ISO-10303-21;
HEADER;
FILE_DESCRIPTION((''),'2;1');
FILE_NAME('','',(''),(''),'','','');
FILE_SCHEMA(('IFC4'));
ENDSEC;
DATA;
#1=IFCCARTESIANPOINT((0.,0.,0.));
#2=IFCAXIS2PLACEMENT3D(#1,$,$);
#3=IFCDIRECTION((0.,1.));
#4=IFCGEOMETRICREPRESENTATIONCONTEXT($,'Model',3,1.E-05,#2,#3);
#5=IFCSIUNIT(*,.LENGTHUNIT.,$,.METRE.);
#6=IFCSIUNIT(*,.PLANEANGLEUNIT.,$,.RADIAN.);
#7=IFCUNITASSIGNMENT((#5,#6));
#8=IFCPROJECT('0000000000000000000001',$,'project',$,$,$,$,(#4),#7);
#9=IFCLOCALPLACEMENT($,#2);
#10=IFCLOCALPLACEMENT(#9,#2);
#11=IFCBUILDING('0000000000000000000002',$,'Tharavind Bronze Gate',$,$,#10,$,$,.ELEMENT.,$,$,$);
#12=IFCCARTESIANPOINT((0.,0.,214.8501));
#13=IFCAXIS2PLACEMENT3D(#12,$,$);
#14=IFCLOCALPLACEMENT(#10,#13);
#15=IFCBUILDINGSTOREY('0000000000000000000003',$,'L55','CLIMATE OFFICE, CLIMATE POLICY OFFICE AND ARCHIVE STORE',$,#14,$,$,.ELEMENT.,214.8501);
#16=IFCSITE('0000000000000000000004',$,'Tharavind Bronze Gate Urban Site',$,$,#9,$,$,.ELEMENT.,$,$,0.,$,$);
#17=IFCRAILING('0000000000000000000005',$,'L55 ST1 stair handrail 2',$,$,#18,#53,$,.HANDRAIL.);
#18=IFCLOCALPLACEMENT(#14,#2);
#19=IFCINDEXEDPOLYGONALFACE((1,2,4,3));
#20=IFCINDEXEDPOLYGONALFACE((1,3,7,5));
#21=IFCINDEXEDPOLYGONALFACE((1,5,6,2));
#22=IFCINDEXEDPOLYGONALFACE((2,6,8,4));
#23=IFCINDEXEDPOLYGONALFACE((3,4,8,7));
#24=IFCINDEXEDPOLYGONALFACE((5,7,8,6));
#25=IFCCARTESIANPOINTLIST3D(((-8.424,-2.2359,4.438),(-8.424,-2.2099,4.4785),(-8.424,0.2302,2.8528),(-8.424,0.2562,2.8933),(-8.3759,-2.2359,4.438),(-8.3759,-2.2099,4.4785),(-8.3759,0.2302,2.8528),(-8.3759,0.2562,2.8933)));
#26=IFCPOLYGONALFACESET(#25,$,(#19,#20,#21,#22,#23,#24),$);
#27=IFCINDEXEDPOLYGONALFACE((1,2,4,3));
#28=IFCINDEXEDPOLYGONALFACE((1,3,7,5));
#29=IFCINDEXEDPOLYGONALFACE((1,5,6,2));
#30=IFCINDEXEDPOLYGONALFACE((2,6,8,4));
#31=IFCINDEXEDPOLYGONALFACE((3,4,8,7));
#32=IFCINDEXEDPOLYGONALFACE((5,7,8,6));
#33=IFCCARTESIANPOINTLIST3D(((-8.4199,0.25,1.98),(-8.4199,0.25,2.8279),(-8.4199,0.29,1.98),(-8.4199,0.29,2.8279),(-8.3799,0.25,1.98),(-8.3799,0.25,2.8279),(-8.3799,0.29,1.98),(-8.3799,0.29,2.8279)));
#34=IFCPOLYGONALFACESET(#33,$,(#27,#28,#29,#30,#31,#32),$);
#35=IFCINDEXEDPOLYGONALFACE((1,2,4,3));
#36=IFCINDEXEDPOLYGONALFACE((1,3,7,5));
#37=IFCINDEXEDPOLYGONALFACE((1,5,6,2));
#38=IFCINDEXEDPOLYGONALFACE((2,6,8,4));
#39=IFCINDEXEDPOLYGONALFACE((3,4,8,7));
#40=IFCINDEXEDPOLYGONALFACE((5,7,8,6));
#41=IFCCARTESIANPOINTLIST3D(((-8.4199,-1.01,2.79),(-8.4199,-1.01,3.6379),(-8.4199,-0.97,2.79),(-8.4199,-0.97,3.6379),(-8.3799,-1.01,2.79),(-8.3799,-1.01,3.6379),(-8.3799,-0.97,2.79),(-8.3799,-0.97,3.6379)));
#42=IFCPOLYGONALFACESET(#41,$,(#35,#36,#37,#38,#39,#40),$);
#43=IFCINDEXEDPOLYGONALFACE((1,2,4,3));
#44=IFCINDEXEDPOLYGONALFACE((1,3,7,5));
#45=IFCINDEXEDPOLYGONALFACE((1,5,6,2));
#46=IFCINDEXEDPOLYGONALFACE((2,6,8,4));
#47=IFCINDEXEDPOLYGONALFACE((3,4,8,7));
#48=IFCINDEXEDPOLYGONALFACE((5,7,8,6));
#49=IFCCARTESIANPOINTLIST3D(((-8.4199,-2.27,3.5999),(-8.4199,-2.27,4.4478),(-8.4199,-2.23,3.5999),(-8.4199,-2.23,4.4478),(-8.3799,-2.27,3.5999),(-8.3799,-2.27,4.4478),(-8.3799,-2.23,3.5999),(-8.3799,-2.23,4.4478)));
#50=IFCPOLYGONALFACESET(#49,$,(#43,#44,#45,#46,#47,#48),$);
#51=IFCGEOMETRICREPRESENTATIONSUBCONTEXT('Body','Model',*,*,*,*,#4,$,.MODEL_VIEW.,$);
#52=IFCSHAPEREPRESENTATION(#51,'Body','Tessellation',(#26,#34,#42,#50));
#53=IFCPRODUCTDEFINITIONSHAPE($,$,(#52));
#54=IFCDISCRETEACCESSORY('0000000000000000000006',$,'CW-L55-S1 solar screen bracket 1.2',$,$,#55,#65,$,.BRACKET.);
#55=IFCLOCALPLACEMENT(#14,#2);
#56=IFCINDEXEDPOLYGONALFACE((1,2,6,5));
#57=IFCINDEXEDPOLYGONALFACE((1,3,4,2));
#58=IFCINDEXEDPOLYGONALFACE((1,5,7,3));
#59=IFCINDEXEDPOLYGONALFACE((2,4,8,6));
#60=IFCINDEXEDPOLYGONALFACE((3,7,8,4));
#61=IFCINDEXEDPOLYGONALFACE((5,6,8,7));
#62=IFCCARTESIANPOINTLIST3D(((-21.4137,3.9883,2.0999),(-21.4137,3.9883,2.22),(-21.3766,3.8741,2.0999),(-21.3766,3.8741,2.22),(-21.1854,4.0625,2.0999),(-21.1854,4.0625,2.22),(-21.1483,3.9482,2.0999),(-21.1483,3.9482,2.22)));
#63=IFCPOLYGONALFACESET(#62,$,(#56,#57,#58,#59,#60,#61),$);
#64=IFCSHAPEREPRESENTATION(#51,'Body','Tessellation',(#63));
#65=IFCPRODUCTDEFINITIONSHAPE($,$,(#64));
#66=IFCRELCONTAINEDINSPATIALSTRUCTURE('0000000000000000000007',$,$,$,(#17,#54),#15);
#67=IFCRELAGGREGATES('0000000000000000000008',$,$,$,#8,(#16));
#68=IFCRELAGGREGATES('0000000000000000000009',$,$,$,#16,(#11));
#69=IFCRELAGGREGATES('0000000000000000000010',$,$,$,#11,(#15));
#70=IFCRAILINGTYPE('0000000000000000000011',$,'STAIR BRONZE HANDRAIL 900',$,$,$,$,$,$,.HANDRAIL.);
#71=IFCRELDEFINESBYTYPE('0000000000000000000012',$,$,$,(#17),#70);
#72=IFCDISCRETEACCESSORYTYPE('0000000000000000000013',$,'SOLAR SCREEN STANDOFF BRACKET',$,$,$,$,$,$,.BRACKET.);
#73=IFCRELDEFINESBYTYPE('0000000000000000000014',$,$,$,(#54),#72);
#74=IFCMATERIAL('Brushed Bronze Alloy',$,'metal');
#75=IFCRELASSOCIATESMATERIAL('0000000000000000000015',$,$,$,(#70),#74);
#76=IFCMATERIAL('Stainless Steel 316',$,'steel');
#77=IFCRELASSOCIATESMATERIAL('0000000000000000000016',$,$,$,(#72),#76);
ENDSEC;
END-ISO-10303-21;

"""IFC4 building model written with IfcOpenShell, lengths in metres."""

from ifc_helpers import new_model, si_unit, direction, frame, origin, origin_2d, place, context, subcontext, project, spatial, rectangle, extrude, material, type_object, element, save


model = new_model("IFC4")

# Units and contexts
model_context = context("Model", 3, precision=1e-05, world=origin(), true_north=direction((0.0, 1.0)))
body_context = subcontext(model_context, "Body", "Model", "MODEL_VIEW")
ifc_project = project(units=[si_unit("LENGTHUNIT", "METRE"), si_unit("PLANEANGLEUNIT", "RADIAN")], contexts=[model_context])

# Site, building, storey
site_placement = place(None, origin())
site = spatial("IfcSite", under=ifc_project, at=site_placement, Name="Tharavind Bronze Gate Urban Site", CompositionType="ELEMENT", RefElevation=0.0)
building_placement = place(site_placement, origin())
building = spatial("IfcBuilding", under=site, at=building_placement, Name="Tharavind Bronze Gate", CompositionType="ELEMENT")
storey_placement = place(building_placement, frame((0.0, 0.0, 214.8501)))
storey = spatial("IfcBuildingStorey", under=building, at=storey_placement, Name="L55", Description="CLIMATE OFFICE, CLIMATE POLICY OFFICE AND ARCHIVE STORE", CompositionType="ELEMENT", Elevation=214.8501)

# Railing
ifc_material_1 = material(Name="Brushed Bronze Alloy", Category="metal")
railing_type = type_object("IfcRailingType", Name="STAIR BRONZE HANDRAIL 900", PredefinedType="HANDRAIL", material=ifc_material_1)
railing_placement = place(storey_placement, frame((-8.3999, 0.27, 1.98)))
element("IfcRailing", 1, at=railing_placement, inside=storey, type_object=railing_type, Name="L55 ST1 stair handrail 2", PredefinedType="HANDRAIL", context=body_context, shape_type="SweptSolid", body=[
    extrude(rectangle(XDim=0.0481, YDim=0.0481, at=origin_2d()), frame((0.0, -0.0269, 0.8931), z_axis=(0.0, -0.8412, 0.540725), x_axis=(1.0, 0.0, 0.0)), (0.0, 0.0, 1.0), 2.9316),
    extrude(rectangle(XDim=0.04, YDim=0.04, at=origin_2d()), origin(), (0.0, 0.0, 1.0), 0.8479),
    extrude(rectangle(XDim=0.04, YDim=0.04, at=origin_2d()), frame((0.0, -1.26, 0.8101)), (0.0, 0.0, 1.0), 0.8479),
    extrude(rectangle(XDim=0.04, YDim=0.04, at=origin_2d()), frame((0.0, -2.52, 1.6199)), (0.0, 0.0, 1.0), 0.8479),
])

# Discrete accessory
ifc_material_2 = material(Name="Stainless Steel 316", Category="steel")
discrete_accessory_type = type_object("IfcDiscreteAccessoryType", Name="SOLAR SCREEN STANDOFF BRACKET", PredefinedType="BRACKET", material=ifc_material_2)
discrete_accessory_placement = place(storey_placement, frame((-21.281, 3.9683, 2.0999), z_axis=(0.0, 0.0, 1.0), x_axis=(0.309017, -0.951057, 0.0)))
element("IfcDiscreteAccessory", 2, at=discrete_accessory_placement, inside=storey, type_object=discrete_accessory_type, Name="CW-L55-S1 solar screen bracket 1.2", PredefinedType="BRACKET", context=body_context, shape_type="SweptSolid", body=[
    extrude(rectangle(XDim=0.1201, YDim=0.24, at=origin_2d()), origin(), (0.0, 0.0, 1.0), 0.1201),
])

save(model, "model.ifc")
